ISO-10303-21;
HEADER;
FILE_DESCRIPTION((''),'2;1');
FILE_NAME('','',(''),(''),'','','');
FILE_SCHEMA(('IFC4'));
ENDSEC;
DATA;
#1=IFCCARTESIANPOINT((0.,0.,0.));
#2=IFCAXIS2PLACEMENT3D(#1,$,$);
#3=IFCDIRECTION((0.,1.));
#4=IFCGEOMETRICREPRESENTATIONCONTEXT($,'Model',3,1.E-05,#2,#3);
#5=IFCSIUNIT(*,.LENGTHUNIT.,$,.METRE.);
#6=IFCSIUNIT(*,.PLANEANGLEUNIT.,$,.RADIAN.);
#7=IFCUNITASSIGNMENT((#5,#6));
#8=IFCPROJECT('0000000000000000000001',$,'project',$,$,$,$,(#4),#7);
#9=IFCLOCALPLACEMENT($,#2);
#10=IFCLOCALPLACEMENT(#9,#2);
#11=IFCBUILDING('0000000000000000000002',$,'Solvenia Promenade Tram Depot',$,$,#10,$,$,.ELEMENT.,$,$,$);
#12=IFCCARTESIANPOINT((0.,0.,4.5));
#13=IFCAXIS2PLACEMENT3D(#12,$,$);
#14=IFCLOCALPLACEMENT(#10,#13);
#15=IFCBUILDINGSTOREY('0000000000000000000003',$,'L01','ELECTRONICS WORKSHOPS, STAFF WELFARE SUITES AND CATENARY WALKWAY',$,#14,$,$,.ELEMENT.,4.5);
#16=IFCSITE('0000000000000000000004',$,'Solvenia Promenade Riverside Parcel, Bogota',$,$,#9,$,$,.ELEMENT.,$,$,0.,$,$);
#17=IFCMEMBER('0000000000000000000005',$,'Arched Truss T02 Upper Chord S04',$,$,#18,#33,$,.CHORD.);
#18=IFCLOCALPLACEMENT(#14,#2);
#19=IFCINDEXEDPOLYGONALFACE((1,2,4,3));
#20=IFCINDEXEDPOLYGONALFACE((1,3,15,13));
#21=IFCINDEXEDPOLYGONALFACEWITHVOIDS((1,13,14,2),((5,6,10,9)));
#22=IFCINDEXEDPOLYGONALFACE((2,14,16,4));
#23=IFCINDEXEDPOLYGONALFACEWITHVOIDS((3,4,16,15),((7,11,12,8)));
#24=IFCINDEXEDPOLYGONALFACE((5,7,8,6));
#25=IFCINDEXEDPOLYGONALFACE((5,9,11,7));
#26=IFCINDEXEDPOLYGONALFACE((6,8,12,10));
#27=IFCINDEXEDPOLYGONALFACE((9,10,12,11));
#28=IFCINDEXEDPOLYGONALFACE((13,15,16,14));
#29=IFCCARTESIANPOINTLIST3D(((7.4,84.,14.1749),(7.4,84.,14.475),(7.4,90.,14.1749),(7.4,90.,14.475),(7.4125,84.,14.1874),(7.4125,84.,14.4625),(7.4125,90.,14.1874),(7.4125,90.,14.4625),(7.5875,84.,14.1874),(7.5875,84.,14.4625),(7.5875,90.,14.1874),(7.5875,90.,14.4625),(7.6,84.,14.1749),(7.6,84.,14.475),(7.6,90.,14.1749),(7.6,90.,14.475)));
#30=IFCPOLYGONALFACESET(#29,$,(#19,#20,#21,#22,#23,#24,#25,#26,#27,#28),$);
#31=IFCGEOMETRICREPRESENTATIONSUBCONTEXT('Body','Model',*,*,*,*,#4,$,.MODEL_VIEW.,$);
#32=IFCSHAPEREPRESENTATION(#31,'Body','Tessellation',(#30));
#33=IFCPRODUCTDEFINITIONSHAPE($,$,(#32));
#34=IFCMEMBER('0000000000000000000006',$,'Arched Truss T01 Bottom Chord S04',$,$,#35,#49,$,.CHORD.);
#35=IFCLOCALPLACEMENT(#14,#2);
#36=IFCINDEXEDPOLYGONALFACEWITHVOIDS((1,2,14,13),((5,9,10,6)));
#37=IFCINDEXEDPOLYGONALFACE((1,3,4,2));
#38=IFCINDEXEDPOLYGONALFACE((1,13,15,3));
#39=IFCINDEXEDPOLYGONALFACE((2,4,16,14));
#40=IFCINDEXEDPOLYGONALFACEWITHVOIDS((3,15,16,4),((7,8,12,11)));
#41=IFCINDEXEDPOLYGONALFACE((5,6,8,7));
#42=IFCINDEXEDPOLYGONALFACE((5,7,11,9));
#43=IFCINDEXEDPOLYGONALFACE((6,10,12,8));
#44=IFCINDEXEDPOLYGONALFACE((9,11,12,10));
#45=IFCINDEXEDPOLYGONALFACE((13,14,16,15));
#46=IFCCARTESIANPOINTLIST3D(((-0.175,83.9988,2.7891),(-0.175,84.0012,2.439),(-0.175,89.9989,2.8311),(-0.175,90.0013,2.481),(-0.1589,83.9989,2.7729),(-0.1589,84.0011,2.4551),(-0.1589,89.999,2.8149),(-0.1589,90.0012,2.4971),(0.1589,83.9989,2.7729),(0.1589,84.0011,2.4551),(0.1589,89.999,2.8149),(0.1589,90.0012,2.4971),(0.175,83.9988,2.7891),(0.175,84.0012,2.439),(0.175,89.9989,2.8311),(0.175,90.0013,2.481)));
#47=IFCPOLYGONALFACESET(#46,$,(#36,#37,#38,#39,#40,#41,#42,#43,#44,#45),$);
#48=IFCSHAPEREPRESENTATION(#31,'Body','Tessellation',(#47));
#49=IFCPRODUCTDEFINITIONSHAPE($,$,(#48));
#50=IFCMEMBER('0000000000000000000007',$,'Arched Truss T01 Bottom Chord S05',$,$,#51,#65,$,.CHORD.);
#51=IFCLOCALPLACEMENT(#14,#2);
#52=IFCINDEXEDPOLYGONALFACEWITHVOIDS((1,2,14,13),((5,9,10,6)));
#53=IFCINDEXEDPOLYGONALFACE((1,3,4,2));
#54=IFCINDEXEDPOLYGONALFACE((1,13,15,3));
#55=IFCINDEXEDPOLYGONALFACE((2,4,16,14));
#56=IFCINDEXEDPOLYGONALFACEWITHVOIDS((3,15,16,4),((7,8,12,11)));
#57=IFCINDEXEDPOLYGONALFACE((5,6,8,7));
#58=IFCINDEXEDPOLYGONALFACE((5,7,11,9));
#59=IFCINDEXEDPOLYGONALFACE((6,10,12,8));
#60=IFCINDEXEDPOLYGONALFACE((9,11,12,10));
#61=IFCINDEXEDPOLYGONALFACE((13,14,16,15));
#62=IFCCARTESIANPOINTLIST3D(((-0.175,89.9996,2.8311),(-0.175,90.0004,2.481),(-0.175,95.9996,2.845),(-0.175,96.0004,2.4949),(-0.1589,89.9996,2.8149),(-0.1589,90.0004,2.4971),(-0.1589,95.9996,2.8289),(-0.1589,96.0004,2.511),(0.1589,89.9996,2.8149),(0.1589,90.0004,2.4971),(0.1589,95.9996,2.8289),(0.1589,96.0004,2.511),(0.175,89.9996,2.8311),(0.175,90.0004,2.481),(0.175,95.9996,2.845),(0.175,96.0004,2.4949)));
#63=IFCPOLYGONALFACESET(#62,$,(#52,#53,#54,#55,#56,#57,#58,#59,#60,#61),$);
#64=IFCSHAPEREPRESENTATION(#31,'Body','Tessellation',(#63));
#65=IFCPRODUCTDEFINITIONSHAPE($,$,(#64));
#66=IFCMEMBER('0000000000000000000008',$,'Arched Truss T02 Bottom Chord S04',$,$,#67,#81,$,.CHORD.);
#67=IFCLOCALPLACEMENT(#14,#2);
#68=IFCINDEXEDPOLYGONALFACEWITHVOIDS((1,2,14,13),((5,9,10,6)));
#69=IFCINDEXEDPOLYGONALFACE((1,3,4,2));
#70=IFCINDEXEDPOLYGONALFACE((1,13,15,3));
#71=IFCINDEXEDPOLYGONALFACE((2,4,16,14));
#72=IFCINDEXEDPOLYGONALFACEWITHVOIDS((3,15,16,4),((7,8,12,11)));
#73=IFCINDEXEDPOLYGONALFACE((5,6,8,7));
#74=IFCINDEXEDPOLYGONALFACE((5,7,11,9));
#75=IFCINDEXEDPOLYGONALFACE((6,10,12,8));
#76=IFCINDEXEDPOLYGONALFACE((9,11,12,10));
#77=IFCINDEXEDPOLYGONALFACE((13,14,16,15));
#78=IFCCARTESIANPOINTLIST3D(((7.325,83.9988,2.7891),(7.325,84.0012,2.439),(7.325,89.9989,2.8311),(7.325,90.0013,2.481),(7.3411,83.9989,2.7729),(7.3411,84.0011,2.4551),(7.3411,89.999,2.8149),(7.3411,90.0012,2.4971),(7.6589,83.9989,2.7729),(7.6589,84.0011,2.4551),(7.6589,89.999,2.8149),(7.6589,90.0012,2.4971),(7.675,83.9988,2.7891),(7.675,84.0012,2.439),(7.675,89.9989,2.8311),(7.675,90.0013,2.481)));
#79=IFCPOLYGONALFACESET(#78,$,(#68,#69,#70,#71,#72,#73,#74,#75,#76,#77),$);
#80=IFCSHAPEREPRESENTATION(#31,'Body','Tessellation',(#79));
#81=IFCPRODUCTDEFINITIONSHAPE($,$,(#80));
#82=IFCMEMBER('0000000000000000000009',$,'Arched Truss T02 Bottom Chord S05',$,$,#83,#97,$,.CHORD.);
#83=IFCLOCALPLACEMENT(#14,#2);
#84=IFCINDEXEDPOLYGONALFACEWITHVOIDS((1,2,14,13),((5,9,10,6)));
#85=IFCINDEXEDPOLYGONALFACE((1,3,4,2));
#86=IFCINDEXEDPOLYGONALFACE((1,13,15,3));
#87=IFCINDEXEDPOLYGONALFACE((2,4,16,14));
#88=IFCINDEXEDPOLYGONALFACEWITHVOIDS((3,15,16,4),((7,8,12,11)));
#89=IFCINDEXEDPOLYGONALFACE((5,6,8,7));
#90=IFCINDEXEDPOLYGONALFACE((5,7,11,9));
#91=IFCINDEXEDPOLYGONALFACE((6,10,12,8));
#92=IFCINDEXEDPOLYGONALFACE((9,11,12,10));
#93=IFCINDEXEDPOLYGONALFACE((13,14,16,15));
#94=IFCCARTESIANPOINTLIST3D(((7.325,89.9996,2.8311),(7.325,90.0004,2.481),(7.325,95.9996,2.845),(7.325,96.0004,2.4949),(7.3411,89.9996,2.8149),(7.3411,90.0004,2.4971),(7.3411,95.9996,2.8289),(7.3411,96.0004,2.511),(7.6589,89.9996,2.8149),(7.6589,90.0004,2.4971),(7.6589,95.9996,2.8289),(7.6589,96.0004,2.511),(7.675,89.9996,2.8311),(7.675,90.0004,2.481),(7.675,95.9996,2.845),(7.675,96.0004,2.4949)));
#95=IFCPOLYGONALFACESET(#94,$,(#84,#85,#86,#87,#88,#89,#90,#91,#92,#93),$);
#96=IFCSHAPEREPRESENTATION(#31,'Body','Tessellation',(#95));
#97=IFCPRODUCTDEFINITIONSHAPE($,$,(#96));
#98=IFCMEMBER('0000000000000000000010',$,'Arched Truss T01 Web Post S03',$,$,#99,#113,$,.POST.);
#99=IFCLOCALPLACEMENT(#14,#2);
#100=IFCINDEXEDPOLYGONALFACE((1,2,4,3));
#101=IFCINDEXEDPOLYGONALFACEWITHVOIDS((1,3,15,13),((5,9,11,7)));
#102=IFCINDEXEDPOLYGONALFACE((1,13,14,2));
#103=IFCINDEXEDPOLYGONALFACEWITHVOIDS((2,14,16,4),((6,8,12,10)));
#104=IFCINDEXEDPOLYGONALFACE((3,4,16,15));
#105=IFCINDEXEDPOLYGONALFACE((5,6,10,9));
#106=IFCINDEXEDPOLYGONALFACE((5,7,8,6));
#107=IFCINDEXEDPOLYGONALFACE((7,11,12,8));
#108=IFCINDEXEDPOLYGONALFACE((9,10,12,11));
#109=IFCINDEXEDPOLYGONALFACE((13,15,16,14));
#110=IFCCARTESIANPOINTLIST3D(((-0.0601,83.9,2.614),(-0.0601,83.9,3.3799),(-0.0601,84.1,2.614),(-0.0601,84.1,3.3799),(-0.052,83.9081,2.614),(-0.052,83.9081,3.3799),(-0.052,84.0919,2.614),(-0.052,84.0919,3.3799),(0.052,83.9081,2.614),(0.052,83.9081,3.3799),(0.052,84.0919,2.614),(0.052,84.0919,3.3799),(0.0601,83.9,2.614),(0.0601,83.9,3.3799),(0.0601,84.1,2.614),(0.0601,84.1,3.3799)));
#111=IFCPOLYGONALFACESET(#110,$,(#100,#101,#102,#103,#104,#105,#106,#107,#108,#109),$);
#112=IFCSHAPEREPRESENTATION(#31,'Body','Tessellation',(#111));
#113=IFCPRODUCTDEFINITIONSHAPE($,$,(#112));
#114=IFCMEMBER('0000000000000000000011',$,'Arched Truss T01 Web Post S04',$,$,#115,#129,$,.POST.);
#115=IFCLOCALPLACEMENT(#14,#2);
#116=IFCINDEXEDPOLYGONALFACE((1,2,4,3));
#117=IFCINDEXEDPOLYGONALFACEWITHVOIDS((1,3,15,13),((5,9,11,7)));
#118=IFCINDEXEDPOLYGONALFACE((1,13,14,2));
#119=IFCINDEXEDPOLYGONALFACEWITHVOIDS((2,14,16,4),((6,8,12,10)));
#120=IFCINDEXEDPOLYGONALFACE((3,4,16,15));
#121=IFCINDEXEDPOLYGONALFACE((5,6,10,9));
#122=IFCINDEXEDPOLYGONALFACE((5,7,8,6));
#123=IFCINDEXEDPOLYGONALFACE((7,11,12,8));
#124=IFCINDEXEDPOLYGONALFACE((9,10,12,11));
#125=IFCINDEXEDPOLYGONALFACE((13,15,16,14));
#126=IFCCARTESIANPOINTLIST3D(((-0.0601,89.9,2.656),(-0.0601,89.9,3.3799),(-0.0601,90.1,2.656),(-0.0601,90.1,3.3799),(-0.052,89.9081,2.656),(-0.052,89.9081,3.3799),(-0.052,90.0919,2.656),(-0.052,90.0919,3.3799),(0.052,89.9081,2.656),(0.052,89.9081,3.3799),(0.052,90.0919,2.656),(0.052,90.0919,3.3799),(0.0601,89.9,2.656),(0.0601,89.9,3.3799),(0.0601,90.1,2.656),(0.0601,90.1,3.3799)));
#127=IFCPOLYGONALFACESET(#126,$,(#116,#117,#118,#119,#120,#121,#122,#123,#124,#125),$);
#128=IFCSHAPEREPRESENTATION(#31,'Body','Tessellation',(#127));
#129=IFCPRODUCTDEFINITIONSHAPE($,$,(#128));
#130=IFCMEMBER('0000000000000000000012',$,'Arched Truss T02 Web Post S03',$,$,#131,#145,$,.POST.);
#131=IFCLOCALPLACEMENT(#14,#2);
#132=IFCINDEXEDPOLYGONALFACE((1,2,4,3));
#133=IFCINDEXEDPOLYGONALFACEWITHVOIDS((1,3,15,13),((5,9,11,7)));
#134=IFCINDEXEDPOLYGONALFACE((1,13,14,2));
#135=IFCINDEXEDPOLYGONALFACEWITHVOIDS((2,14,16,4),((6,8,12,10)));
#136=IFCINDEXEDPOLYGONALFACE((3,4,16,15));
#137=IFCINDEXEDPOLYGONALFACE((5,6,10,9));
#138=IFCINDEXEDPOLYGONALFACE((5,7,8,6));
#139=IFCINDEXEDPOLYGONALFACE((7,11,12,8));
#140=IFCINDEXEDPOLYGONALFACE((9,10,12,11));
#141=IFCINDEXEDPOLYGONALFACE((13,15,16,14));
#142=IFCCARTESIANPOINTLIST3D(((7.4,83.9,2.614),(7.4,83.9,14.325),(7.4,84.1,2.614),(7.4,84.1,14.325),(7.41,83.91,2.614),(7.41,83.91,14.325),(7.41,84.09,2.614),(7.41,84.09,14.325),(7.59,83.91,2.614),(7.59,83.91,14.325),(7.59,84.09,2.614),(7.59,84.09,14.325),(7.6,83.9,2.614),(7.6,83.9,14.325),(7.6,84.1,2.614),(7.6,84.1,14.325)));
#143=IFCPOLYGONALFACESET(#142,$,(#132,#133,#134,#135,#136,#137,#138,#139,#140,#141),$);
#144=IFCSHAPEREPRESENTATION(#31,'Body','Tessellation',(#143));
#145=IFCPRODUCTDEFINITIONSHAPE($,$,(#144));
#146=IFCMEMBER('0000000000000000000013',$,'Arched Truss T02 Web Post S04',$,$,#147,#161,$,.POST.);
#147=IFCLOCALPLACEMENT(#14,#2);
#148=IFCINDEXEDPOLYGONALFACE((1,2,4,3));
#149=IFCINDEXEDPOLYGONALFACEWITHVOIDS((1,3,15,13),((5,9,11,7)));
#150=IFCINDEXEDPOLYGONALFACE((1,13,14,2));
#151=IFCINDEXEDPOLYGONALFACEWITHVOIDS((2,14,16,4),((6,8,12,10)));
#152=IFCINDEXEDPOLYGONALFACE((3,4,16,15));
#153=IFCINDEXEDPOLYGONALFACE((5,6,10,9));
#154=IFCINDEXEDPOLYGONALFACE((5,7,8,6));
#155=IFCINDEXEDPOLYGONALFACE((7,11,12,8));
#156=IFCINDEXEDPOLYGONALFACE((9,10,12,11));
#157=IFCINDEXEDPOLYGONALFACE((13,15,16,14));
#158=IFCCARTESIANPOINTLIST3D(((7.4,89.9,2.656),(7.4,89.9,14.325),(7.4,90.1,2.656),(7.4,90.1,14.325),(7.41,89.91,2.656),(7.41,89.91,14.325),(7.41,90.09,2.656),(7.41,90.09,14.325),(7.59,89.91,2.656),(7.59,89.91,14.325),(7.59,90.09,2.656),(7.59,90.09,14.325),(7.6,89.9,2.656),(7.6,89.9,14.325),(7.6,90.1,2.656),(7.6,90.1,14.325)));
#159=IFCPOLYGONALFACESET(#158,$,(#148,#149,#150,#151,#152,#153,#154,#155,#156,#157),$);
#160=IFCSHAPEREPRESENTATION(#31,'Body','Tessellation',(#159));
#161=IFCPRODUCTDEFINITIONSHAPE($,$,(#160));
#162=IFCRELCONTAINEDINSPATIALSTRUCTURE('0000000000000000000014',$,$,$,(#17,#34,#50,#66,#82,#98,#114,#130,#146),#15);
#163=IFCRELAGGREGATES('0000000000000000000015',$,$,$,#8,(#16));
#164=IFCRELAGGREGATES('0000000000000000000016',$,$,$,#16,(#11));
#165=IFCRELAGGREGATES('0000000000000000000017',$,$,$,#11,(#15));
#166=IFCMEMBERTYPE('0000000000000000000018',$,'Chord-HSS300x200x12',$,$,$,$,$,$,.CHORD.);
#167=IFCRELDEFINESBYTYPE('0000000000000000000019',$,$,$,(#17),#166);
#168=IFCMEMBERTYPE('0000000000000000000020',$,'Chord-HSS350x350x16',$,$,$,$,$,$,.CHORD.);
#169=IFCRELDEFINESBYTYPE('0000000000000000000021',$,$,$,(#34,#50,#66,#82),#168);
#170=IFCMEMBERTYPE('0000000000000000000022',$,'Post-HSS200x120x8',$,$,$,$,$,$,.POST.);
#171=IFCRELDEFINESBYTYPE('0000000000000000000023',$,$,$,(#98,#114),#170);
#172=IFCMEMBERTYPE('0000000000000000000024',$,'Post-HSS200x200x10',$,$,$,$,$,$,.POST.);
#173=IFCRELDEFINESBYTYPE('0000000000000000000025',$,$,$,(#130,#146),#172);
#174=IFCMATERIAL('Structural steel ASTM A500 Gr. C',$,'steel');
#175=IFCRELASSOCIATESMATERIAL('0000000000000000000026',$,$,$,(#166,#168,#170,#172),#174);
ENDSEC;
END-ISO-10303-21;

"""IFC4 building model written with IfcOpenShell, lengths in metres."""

from ifc_helpers import new_model, si_unit, direction, frame, origin, origin_2d, place, context, subcontext, project, spatial, hollow_rectangle, extrude, material, material_profile, profile_set, type_object, element, save


model = new_model("IFC4")

# Units and contexts
model_context = context("Model", 3, precision=1e-05, world=origin(), true_north=direction((0.0, 1.0)))
body_context = subcontext(model_context, "Body", "Model", "MODEL_VIEW")
ifc_project = project(units=[si_unit("LENGTHUNIT", "METRE"), si_unit("PLANEANGLEUNIT", "RADIAN")], contexts=[model_context])

# Site, building, storey
site_placement = place(None, origin())
site = spatial("IfcSite", under=ifc_project, at=site_placement, Name="Solvenia Promenade Riverside Parcel, Bogota", CompositionType="ELEMENT", RefElevation=0.0)
building_placement = place(site_placement, origin())
building = spatial("IfcBuilding", under=site, at=building_placement, Name="Solvenia Promenade Tram Depot", CompositionType="ELEMENT")
storey_placement = place(building_placement, frame((0.0, 0.0, 4.5)))
storey = spatial("IfcBuildingStorey", under=building, at=storey_placement, Name="L01", Description="ELECTRONICS WORKSHOPS, STAFF WELFARE SUITES AND CATENARY WALKWAY", CompositionType="ELEMENT", Elevation=4.5)

# Members
ifc_material_1 = material(Name="Structural steel ASTM A500 Gr. C", Category="steel")
ifc_material_profile_1 = material_profile(ifc_material_1, hollow_rectangle(XDim=0.2, YDim=0.3, WallThickness=0.0125, at=origin_2d()), Name="HSS300x200x12.5", Category="steel")
ifc_profile_set_1 = profile_set([ifc_material_profile_1], Name="Structural steel ASTM A500 Gr. C")
member_type_1 = type_object("IfcMemberType", Name="Chord-HSS300x200x12", PredefinedType="CHORD", material=ifc_profile_set_1)
member_1_placement = place(storey_placement, frame((7.5, 84.0, 14.325), z_axis=(0.0, 1.0, 0.0), x_axis=(-1.0, 0.0, 0.0)))
element("IfcMember", 1, at=member_1_placement, inside=storey, type_object=member_type_1, Name="Arched Truss T02 Upper Chord S04", PredefinedType="CHORD", context=body_context, shape_type="SweptSolid", body=[
    extrude(hollow_rectangle(XDim=0.2, YDim=0.3, WallThickness=0.0125, at=origin_2d()), origin(), (0.0, 0.0, 1.0), 6.0),
])
ifc_material_profile_2 = material_profile(ifc_material_1, hollow_rectangle(XDim=0.3501, YDim=0.3501, WallThickness=0.0161, at=origin_2d()), Name="HSS350x350x16", Category="steel")
ifc_profile_set_2 = profile_set([ifc_material_profile_2], Name="Structural steel ASTM A500 Gr. C")
member_type_2 = type_object("IfcMemberType", Name="Chord-HSS350x350x16", PredefinedType="CHORD", material=ifc_profile_set_2)
member_2_placement = place(storey_placement, frame((0.0, 84.0, 2.614), z_axis=(0.0, 0.999976, 0.006999), x_axis=(-1.0, 0.0, 0.0)))
element("IfcMember", 2, at=member_2_placement, inside=storey, type_object=member_type_2, Name="Arched Truss T01 Bottom Chord S04", PredefinedType="CHORD", context=body_context, shape_type="SweptSolid", body=[
    extrude(hollow_rectangle(XDim=0.3501, YDim=0.3501, WallThickness=0.0161, at=origin_2d()), origin(), (0.0, 0.0, 1.0), 6.0002),
])
member_3_placement = place(storey_placement, frame((0.0, 90.0, 2.656), z_axis=(0.0, 0.999997, 0.002319), x_axis=(-1.0, 0.0, 0.0)))
element("IfcMember", 3, at=member_3_placement, inside=storey, type_object=member_type_2, Name="Arched Truss T01 Bottom Chord S05", PredefinedType="CHORD", context=body_context, shape_type="SweptSolid", body=[
    extrude(hollow_rectangle(XDim=0.3501, YDim=0.3501, WallThickness=0.0161, at=origin_2d()), origin(), (0.0, 0.0, 1.0), 6.0),
])
member_4_placement = place(storey_placement, frame((7.5, 84.0, 2.614), z_axis=(0.0, 0.999976, 0.006999), x_axis=(-1.0, 0.0, 0.0)))
element("IfcMember", 4, at=member_4_placement, inside=storey, type_object=member_type_2, Name="Arched Truss T02 Bottom Chord S04", PredefinedType="CHORD", context=body_context, shape_type="SweptSolid", body=[
    extrude(hollow_rectangle(XDim=0.3501, YDim=0.3501, WallThickness=0.0161, at=origin_2d()), origin(), (0.0, 0.0, 1.0), 6.0002),
])
member_5_placement = place(storey_placement, frame((7.5, 90.0, 2.656), z_axis=(0.0, 0.999997, 0.002319), x_axis=(-1.0, 0.0, 0.0)))
element("IfcMember", 5, at=member_5_placement, inside=storey, type_object=member_type_2, Name="Arched Truss T02 Bottom Chord S05", PredefinedType="CHORD", context=body_context, shape_type="SweptSolid", body=[
    extrude(hollow_rectangle(XDim=0.3501, YDim=0.3501, WallThickness=0.0161, at=origin_2d()), origin(), (0.0, 0.0, 1.0), 6.0),
])
ifc_material_profile_3 = material_profile(ifc_material_1, hollow_rectangle(XDim=0.1201, YDim=0.2, WallThickness=0.0081, at=origin_2d()), Name="HSS200x120x8", Category="steel")
ifc_profile_set_3 = profile_set([ifc_material_profile_3], Name="Structural steel ASTM A500 Gr. C")
member_type_3 = type_object("IfcMemberType", Name="Post-HSS200x120x8", PredefinedType="POST", material=ifc_profile_set_3)
member_6_placement = place(storey_placement, frame((0.0, 84.0, 2.614), z_axis=(0.0, 0.0, 1.0), x_axis=(1.0, 0.0, 0.0)))
element("IfcMember", 6, at=member_6_placement, inside=storey, type_object=member_type_3, Name="Arched Truss T01 Web Post S03", PredefinedType="POST", context=body_context, shape_type="SweptSolid", body=[
    extrude(hollow_rectangle(XDim=0.1201, YDim=0.2, WallThickness=0.0081, at=origin_2d()), origin(), (0.0, 0.0, 1.0), 0.7659),
])
member_7_placement = place(storey_placement, frame((0.0, 90.0, 2.656), z_axis=(0.0, 0.0, 1.0), x_axis=(1.0, 0.0, 0.0)))
element("IfcMember", 7, at=member_7_placement, inside=storey, type_object=member_type_3, Name="Arched Truss T01 Web Post S04", PredefinedType="POST", context=body_context, shape_type="SweptSolid", body=[
    extrude(hollow_rectangle(XDim=0.1201, YDim=0.2, WallThickness=0.0081, at=origin_2d()), origin(), (0.0, 0.0, 1.0), 0.7239),
])
ifc_material_profile_4 = material_profile(ifc_material_1, hollow_rectangle(XDim=0.2, YDim=0.2, WallThickness=0.01, at=origin_2d()), Name="HSS200x200x10", Category="steel")
ifc_profile_set_4 = profile_set([ifc_material_profile_4], Name="Structural steel ASTM A500 Gr. C")
member_type_4 = type_object("IfcMemberType", Name="Post-HSS200x200x10", PredefinedType="POST", material=ifc_profile_set_4)
member_8_placement = place(storey_placement, frame((7.5, 84.0, 2.614), z_axis=(0.0, 0.0, 1.0), x_axis=(1.0, 0.0, 0.0)))
element("IfcMember", 8, at=member_8_placement, inside=storey, type_object=member_type_4, Name="Arched Truss T02 Web Post S03", PredefinedType="POST", context=body_context, shape_type="SweptSolid", body=[
    extrude(hollow_rectangle(XDim=0.2, YDim=0.2, WallThickness=0.01, at=origin_2d()), origin(), (0.0, 0.0, 1.0), 11.7109),
])
member_9_placement = place(storey_placement, frame((7.5, 90.0, 2.656), z_axis=(0.0, 0.0, 1.0), x_axis=(1.0, 0.0, 0.0)))
element("IfcMember", 9, at=member_9_placement, inside=storey, type_object=member_type_4, Name="Arched Truss T02 Web Post S04", PredefinedType="POST", context=body_context, shape_type="SweptSolid", body=[
    extrude(hollow_rectangle(XDim=0.2, YDim=0.2, WallThickness=0.01, at=origin_2d()), origin(), (0.0, 0.0, 1.0), 11.6689),
])

save(model, "model.ifc")
